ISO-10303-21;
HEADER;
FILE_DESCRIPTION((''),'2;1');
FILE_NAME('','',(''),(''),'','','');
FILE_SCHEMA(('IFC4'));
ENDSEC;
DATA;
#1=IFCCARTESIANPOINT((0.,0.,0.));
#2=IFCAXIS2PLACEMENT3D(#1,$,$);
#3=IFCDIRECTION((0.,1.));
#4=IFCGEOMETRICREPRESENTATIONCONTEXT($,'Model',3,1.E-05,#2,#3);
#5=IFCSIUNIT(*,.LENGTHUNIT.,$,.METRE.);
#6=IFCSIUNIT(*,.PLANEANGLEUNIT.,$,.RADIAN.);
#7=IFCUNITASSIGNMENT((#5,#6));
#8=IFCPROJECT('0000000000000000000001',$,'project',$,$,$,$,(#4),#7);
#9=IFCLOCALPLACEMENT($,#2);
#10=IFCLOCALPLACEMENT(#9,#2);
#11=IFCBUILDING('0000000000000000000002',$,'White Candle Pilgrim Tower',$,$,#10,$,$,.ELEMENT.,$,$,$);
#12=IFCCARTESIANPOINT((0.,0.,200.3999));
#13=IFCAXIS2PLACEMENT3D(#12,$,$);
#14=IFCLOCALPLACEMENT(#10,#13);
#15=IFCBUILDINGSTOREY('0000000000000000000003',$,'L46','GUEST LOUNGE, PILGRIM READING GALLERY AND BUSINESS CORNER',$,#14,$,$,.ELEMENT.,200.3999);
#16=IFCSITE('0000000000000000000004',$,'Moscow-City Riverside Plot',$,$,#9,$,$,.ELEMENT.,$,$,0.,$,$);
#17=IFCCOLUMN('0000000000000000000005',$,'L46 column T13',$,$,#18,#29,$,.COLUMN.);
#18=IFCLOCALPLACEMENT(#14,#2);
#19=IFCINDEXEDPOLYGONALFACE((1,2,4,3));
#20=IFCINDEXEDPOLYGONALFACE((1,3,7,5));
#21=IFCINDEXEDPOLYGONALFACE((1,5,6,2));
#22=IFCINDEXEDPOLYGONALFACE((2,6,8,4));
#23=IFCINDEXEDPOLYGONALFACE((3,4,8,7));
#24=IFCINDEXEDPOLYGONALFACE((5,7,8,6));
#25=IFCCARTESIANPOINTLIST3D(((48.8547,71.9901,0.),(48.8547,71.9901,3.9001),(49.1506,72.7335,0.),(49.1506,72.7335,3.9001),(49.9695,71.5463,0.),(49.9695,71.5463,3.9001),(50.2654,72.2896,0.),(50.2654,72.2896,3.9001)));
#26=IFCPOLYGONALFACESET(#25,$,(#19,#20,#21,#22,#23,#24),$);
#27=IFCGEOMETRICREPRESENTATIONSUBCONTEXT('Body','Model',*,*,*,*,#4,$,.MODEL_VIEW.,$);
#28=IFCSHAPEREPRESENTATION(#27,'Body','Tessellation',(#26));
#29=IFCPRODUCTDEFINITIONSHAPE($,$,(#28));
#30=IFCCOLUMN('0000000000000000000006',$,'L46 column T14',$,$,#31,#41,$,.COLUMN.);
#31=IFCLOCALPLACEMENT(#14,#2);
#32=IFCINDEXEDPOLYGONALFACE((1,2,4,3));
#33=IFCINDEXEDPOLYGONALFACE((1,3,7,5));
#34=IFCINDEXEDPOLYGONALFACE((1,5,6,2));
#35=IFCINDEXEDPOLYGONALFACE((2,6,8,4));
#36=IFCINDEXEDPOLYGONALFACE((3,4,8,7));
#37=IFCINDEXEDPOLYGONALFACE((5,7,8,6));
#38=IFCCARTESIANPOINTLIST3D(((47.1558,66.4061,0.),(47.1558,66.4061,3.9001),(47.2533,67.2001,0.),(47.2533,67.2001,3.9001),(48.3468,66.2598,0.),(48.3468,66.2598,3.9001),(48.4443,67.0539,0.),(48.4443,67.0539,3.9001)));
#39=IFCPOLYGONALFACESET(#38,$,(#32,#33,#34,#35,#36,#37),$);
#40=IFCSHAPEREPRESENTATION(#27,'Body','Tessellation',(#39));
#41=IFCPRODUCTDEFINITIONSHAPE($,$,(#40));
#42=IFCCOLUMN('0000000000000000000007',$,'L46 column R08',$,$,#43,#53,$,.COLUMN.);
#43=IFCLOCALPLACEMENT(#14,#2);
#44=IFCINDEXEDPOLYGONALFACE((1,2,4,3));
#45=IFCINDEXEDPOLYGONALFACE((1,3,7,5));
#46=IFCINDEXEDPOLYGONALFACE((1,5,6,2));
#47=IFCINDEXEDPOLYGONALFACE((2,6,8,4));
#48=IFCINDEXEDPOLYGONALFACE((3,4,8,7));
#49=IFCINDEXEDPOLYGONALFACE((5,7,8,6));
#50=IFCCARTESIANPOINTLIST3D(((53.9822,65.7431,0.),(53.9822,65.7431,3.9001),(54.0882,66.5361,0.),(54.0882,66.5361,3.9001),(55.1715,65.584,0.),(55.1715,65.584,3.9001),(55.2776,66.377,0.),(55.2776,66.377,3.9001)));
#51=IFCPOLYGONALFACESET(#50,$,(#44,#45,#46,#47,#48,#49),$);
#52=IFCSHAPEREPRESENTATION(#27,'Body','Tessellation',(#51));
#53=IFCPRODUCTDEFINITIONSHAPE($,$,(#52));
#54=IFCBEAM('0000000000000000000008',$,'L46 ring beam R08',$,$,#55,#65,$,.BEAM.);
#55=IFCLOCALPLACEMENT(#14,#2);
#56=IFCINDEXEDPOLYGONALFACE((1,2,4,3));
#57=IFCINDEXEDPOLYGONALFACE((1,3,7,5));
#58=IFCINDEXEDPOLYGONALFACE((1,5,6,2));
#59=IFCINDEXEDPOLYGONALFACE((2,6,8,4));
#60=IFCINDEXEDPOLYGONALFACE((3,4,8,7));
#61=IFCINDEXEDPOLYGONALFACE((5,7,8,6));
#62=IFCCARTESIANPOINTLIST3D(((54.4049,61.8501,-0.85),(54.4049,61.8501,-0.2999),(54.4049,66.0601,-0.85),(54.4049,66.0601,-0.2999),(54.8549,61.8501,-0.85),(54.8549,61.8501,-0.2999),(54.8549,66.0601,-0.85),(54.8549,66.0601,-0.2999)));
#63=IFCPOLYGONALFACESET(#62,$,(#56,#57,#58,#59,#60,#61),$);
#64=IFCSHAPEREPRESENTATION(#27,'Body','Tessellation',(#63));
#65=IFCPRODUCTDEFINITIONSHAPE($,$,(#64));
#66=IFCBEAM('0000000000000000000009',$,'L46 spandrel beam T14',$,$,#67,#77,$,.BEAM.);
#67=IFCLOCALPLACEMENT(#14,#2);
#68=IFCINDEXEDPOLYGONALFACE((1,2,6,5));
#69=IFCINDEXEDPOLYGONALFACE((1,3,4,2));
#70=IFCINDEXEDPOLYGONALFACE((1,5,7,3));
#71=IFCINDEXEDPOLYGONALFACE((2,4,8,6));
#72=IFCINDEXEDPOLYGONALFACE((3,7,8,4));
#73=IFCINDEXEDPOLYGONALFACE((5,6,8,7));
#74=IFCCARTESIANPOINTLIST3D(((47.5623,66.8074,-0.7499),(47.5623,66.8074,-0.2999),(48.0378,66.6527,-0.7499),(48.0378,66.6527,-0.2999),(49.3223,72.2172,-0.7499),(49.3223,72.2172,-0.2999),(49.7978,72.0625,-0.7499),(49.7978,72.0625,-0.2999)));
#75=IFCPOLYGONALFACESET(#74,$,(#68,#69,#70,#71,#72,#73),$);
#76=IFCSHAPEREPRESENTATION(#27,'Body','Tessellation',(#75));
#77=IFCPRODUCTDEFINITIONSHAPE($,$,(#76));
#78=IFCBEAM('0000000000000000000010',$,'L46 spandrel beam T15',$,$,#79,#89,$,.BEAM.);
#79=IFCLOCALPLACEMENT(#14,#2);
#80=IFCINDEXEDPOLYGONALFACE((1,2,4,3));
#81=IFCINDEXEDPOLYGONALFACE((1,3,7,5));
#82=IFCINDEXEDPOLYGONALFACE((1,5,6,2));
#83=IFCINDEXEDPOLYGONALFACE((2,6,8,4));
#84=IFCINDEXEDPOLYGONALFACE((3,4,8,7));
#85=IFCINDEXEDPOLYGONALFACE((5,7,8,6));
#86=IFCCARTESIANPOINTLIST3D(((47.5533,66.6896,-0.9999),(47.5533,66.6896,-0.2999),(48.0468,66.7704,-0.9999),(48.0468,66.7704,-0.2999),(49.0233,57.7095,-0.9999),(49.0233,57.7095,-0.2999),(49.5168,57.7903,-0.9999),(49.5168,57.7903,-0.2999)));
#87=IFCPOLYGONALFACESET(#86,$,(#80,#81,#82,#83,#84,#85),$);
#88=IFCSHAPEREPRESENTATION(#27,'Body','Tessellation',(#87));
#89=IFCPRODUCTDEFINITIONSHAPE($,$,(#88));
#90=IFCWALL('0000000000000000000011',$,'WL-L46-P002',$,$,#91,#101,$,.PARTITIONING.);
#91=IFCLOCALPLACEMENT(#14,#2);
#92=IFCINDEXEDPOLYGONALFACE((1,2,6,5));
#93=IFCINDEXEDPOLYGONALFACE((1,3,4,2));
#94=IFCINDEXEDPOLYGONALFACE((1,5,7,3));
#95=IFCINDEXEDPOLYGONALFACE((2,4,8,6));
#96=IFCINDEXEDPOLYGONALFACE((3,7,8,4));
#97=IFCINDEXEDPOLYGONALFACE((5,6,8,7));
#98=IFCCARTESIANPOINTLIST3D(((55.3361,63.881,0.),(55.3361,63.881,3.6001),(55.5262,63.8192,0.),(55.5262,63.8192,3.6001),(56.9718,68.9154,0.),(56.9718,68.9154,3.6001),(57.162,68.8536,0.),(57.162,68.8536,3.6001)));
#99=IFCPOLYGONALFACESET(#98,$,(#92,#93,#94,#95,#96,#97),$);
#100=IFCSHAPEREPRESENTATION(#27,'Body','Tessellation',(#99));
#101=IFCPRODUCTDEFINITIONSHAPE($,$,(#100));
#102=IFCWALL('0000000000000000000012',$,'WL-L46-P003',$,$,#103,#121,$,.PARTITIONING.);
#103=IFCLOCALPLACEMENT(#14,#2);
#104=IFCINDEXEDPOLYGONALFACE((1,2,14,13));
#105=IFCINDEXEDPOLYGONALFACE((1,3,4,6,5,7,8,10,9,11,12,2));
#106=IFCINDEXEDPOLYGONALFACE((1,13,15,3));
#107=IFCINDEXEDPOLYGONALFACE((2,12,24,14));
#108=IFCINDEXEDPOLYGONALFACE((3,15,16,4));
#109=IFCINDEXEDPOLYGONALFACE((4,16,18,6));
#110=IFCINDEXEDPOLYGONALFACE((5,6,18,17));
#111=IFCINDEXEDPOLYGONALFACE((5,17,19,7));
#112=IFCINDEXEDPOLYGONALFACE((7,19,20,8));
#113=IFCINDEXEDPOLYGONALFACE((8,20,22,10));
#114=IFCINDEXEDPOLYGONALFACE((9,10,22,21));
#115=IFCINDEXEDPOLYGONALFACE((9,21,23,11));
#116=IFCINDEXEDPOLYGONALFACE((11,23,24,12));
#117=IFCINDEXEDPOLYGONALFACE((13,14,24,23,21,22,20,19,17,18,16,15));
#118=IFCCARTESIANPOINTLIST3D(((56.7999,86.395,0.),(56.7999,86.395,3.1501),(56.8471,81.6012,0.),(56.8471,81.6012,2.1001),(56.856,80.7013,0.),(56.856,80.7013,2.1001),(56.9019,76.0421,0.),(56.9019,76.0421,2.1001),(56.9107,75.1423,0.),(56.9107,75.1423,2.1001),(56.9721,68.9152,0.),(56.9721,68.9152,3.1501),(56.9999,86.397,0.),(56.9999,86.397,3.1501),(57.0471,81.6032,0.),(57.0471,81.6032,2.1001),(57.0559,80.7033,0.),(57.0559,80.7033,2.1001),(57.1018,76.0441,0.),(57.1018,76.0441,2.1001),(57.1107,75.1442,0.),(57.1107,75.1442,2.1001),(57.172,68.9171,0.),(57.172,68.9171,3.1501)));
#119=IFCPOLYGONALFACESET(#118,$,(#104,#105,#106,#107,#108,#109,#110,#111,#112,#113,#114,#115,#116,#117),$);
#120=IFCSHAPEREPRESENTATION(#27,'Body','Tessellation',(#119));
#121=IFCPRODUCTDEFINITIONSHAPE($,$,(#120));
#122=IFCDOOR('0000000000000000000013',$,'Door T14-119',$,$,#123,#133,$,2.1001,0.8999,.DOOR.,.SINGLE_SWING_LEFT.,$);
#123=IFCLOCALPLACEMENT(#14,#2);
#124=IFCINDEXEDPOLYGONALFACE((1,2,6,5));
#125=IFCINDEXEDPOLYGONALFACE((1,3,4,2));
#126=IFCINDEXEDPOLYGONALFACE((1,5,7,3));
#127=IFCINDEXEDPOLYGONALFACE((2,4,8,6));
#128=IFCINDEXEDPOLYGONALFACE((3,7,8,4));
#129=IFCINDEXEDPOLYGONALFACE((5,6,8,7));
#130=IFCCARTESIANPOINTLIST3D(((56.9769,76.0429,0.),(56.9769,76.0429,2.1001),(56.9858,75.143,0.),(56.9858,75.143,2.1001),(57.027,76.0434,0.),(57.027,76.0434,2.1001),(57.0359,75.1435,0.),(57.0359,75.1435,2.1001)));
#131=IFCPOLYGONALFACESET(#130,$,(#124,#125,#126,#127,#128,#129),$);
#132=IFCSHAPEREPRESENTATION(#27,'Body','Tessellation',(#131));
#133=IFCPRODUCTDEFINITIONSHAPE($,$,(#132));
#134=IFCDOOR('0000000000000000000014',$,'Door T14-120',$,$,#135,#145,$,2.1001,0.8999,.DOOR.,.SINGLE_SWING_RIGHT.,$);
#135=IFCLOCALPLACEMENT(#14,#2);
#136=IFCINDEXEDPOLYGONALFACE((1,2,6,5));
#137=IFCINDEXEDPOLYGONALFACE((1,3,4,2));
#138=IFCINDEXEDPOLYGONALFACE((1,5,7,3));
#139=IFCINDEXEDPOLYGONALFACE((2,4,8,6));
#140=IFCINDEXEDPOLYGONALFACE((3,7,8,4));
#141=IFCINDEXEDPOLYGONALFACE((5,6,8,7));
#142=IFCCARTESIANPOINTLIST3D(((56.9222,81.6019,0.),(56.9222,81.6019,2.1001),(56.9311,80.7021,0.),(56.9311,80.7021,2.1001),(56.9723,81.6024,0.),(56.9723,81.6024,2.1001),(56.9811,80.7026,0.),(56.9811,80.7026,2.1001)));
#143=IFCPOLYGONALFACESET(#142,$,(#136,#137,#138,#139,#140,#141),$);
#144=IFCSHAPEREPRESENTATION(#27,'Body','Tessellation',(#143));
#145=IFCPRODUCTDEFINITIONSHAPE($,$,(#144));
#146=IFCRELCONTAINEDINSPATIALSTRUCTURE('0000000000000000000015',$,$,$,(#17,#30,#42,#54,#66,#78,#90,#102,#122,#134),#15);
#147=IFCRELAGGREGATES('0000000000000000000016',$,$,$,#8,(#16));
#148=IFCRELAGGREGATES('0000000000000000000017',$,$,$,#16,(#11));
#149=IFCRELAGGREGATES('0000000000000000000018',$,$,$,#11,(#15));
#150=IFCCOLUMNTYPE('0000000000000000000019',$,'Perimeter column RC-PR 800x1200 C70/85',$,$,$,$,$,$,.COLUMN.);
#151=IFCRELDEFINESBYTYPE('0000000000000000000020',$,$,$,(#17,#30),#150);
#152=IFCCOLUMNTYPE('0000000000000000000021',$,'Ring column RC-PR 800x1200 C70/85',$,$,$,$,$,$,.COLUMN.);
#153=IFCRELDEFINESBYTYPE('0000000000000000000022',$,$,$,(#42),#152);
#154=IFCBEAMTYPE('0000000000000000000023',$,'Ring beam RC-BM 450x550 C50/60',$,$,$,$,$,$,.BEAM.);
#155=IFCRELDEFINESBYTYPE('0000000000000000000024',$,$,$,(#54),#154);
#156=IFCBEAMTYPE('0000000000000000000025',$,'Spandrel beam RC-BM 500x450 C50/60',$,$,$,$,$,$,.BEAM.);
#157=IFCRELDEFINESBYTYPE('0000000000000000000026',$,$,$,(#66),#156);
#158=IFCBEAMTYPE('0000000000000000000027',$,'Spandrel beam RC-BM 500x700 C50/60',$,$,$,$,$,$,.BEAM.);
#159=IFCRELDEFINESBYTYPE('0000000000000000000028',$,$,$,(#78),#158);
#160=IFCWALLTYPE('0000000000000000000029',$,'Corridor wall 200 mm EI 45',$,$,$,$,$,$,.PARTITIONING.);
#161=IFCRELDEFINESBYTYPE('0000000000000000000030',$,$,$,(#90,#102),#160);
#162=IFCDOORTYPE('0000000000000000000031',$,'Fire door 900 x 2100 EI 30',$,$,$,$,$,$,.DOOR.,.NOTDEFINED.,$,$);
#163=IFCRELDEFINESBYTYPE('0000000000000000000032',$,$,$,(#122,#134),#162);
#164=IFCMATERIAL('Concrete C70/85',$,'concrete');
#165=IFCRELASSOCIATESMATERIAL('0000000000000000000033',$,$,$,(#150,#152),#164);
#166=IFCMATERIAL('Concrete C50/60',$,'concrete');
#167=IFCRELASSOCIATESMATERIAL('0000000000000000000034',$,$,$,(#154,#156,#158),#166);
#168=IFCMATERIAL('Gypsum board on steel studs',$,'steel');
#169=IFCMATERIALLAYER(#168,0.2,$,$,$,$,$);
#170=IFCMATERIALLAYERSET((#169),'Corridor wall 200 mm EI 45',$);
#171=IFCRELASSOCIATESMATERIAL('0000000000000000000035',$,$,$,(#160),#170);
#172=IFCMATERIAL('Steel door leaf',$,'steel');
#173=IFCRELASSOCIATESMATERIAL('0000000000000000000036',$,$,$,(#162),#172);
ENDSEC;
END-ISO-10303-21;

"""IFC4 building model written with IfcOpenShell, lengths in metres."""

from ifc_helpers import new_model, si_unit, direction, frame, frame_2d, origin, origin_2d, place, context, subcontext, project, spatial, rectangle, extrude, material, layer, layer_set, material_profile, profile_set, type_object, element, fill, save


model = new_model("IFC4")

# Units and contexts
model_context = context("Model", 3, precision=1e-05, world=origin(), true_north=direction((0.0, 1.0)))
body_context = subcontext(model_context, "Body", "Model", "MODEL_VIEW")
ifc_project = project(units=[si_unit("LENGTHUNIT", "METRE"), si_unit("PLANEANGLEUNIT", "RADIAN")], contexts=[model_context])

# Site, building, storey
site_placement = place(None, origin())
site = spatial("IfcSite", under=ifc_project, at=site_placement, Name="Moscow-City Riverside Plot", CompositionType="ELEMENT", RefElevation=0.0)
building_placement = place(site_placement, origin())
building = spatial("IfcBuilding", under=site, at=building_placement, Name="White Candle Pilgrim Tower", CompositionType="ELEMENT")
storey_placement = place(building_placement, frame((0.0, 0.0, 200.3999)))
storey = spatial("IfcBuildingStorey", under=building, at=storey_placement, Name="L46", Description="GUEST LOUNGE, PILGRIM READING GALLERY AND BUSINESS CORNER", CompositionType="ELEMENT", Elevation=200.3999)

# Columns
ifc_material_1 = material(Name="Concrete C70/85", Category="concrete")
ifc_material_profile_1 = material_profile(ifc_material_1, rectangle(XDim=0.8, YDim=1.2, at=origin_2d()), Name="RC-PR 800x1200")
ifc_profile_set_1 = profile_set([ifc_material_profile_1], Name="Concrete C70/85")
column_type_1 = type_object("IfcColumnType", Name="Perimeter column RC-PR 800x1200 C70/85", PredefinedType="COLUMN", material=ifc_profile_set_1)
for number, where, z_axis, x_axis, name in (
    (1, (49.5601, 72.1399, 0.0), (0.0, 0.0, 1.0), (0.36986, 0.929087, 0.0), "L46 column T13"),
    (2, (47.8, 66.73, 0.0), (0.0, 0.0, 1.0), (0.121869, 0.992546, 0.0), "L46 column T14"),
):
    element("IfcColumn", number, at=place(storey_placement, frame(where, z_axis=z_axis, x_axis=x_axis)), inside=storey, type_object=column_type_1, Name=name, PredefinedType="COLUMN", context=body_context, shape_type="SweptSolid", body=[
        extrude(rectangle(XDim=0.8, YDim=1.2, at=origin_2d()), origin(), (0.0, 0.0, 1.0), 3.9001),
    ])
ifc_material_profile_2 = material_profile(ifc_material_1, rectangle(XDim=0.8, YDim=1.2, at=origin_2d()), Name="RC-PR 800x1200")
ifc_profile_set_2 = profile_set([ifc_material_profile_2], Name="Concrete C70/85")
column_type_2 = type_object("IfcColumnType", Name="Ring column RC-PR 800x1200 C70/85", PredefinedType="COLUMN", material=ifc_profile_set_2)
column_placement = place(storey_placement, frame((54.6299, 66.0601, 0.0), z_axis=(0.0, 0.0, 1.0), x_axis=(0.132602, 0.991169, 0.0)))
element("IfcColumn", 3, at=column_placement, inside=storey, type_object=column_type_2, Name="L46 column R08", PredefinedType="COLUMN", context=body_context, shape_type="SweptSolid", body=[
    extrude(rectangle(XDim=0.8, YDim=1.2, at=origin_2d()), origin(), (0.0, 0.0, 1.0), 3.9001),
])

# Beams
ifc_material_2 = material(Name="Concrete C50/60", Category="concrete")
ifc_material_profile_3 = material_profile(ifc_material_2, rectangle(XDim=0.45, YDim=0.55, at=origin_2d()), Name="RC-BM 450x550")
ifc_profile_set_3 = profile_set([ifc_material_profile_3], Name="Concrete C50/60")
beam_type_1 = type_object("IfcBeamType", Name="Ring beam RC-BM 450x550 C50/60", PredefinedType="BEAM", material=ifc_profile_set_3)
beam_1_placement = place(storey_placement, frame((54.6299, 66.0601, -0.575), z_axis=(0.0, -1.0, 0.0), x_axis=(1.0, 0.0, 0.0)))
element("IfcBeam", 4, at=beam_1_placement, inside=storey, type_object=beam_type_1, Name="L46 ring beam R08", PredefinedType="BEAM", context=body_context, shape_type="SweptSolid", body=[
    extrude(rectangle(XDim=0.45, YDim=0.55, at=origin_2d()), origin(), (0.0, 0.0, 1.0), 4.21),
])
ifc_material_profile_4 = material_profile(ifc_material_2, rectangle(XDim=0.5, YDim=0.45, at=origin_2d()), Name="RC-BM 500x450")
ifc_profile_set_4 = profile_set([ifc_material_profile_4], Name="Concrete C50/60")
beam_type_2 = type_object("IfcBeamType", Name="Spandrel beam RC-BM 500x450 C50/60", PredefinedType="BEAM", material=ifc_profile_set_4)
beam_2_placement = place(storey_placement, frame((49.5601, 72.1399, -0.5249), z_axis=(-0.30937, -0.950942, 0.0), x_axis=(0.950942, -0.30937, 0.0)))
element("IfcBeam", 5, at=beam_2_placement, inside=storey, type_object=beam_type_2, Name="L46 spandrel beam T14", PredefinedType="BEAM", context=body_context, shape_type="SweptSolid", body=[
    extrude(rectangle(XDim=0.5, YDim=0.45, at=origin_2d()), origin(), (0.0, 0.0, 1.0), 5.689),
])
ifc_material_profile_5 = material_profile(ifc_material_2, rectangle(XDim=0.5, YDim=0.7, at=origin_2d()), Name="RC-BM 500x700")
ifc_profile_set_5 = profile_set([ifc_material_profile_5], Name="Concrete C50/60")
beam_type_3 = type_object("IfcBeamType", Name="Spandrel beam RC-BM 500x700 C50/60", PredefinedType="BEAM", material=ifc_profile_set_5)
beam_3_placement = place(storey_placement, frame((47.8, 66.73, -0.6499), z_axis=(0.161544, -0.986865, 0.0), x_axis=(0.986865, 0.161544, 0.0)))
element("IfcBeam", 6, at=beam_3_placement, inside=storey, type_object=beam_type_3, Name="L46 spandrel beam T15", PredefinedType="BEAM", context=body_context, shape_type="SweptSolid", body=[
    extrude(rectangle(XDim=0.5, YDim=0.7, at=origin_2d()), origin(), (0.0, 0.0, 1.0), 9.0996),
])

# Wall
ifc_material_3 = material(Name="Gypsum board on steel studs", Category="steel")
ifc_layer_1 = layer(ifc_material_3, 0.2)
ifc_layer_set_1 = layer_set([ifc_layer_1], Name="Corridor wall 200 mm EI 45")
wall_type_1 = type_object("IfcWallType", Name="Corridor wall 200 mm EI 45", PredefinedType="PARTITIONING", material=ifc_layer_set_1)
wall_1_placement = place(storey_placement, frame((55.4312, 63.8501, 0.0), z_axis=(0.0, 0.0, 1.0), x_axis=(0.30901, 0.951059, 0.0)))
element("IfcWall", 7, at=wall_1_placement, inside=storey, type_object=wall_type_1, Name="WL-L46-P002", PredefinedType="PARTITIONING", context=body_context, shape_type="SweptSolid", body=[
    extrude(rectangle(XDim=5.2935, YDim=0.2, at=frame_2d((2.6467, 0.0))), origin(), (0.0, 0.0, 1.0), 3.6001),
])

# Wall, openings, doors
wall_2_placement = place(storey_placement, frame((57.072, 68.9163, 0.0), z_axis=(0.0, 0.0, 1.0), x_axis=(-0.009846, 0.999952, 0.0)))
wall_2 = element("IfcWall", 8, at=wall_2_placement, inside=storey, type_object=wall_type_1, Name="WL-L46-P003", PredefinedType="PARTITIONING", context=body_context, shape_type="SweptSolid", body=[
    extrude(rectangle(XDim=17.4807, YDim=0.2, at=frame_2d((8.7402, 0.0))), origin(), (0.0, 0.0, 1.0), 3.1501),
])
opening_1_placement = place(wall_2_placement, frame((6.2273, 0.0, 0.0)))
opening_1 = element("IfcOpeningElement", 9, at=opening_1_placement, cuts=wall_2, PredefinedType="OPENING", context=body_context, shape_type="SweptSolid", body=[
    extrude(rectangle(XDim=0.8999, YDim=2.1001, at=frame_2d((0.45, 1.05))), frame((0.0, 0.1099, 0.0), z_axis=(0.0, -1.0, 0.0), x_axis=(1.0, 0.0, 0.0)), (0.0, 0.0, 1.0), 0.22),
])
opening_2_placement = place(wall_2_placement, frame((11.7866, 0.0, 0.0)))
opening_2 = element("IfcOpeningElement", 10, at=opening_2_placement, cuts=wall_2, PredefinedType="OPENING", context=body_context, shape_type="SweptSolid", body=[
    extrude(rectangle(XDim=0.8999, YDim=2.1001, at=frame_2d((0.45, 1.05))), frame((0.0, 0.1099, 0.0), z_axis=(0.0, -1.0, 0.0), x_axis=(1.0, 0.0, 0.0)), (0.0, 0.0, 1.0), 0.22),
])
ifc_material_4 = material(Name="Steel door leaf", Category="steel")
door_type_1 = type_object("IfcDoorType", Name="Fire door 900 x 2100 EI 30", OperationType="NOTDEFINED", PredefinedType="DOOR", material=ifc_material_4)
door_1_placement = place(opening_1_placement, origin())
door_1 = element("IfcDoor", 11, at=door_1_placement, inside=storey, type_object=door_type_1, Name="Door T14-119", OperationType="SINGLE_SWING_LEFT", OverallHeight=2.1001, OverallWidth=0.8999, PredefinedType="DOOR", context=body_context, shape_type="SweptSolid", body=[
    extrude(rectangle(XDim=0.8999, YDim=2.1001, at=frame_2d((0.45, 1.05))), frame((0.0, 0.0249, 0.0), z_axis=(0.0, -1.0, 0.0), x_axis=(1.0, 0.0, 0.0)), (0.0, 0.0, 1.0), 0.05),
])
fill(opening_1, door_1)
door_2_placement = place(opening_2_placement, origin())
door_2 = element("IfcDoor", 12, at=door_2_placement, inside=storey, type_object=door_type_1, Name="Door T14-120", OperationType="SINGLE_SWING_RIGHT", OverallHeight=2.1001, OverallWidth=0.8999, PredefinedType="DOOR", context=body_context, shape_type="SweptSolid", body=[
    extrude(rectangle(XDim=0.8999, YDim=2.1001, at=frame_2d((0.45, 1.05))), frame((0.0, 0.0249, 0.0), z_axis=(0.0, -1.0, 0.0), x_axis=(1.0, 0.0, 0.0)), (0.0, 0.0, 1.0), 0.05),
])
fill(opening_2, door_2)

save(model, "model.ifc")
